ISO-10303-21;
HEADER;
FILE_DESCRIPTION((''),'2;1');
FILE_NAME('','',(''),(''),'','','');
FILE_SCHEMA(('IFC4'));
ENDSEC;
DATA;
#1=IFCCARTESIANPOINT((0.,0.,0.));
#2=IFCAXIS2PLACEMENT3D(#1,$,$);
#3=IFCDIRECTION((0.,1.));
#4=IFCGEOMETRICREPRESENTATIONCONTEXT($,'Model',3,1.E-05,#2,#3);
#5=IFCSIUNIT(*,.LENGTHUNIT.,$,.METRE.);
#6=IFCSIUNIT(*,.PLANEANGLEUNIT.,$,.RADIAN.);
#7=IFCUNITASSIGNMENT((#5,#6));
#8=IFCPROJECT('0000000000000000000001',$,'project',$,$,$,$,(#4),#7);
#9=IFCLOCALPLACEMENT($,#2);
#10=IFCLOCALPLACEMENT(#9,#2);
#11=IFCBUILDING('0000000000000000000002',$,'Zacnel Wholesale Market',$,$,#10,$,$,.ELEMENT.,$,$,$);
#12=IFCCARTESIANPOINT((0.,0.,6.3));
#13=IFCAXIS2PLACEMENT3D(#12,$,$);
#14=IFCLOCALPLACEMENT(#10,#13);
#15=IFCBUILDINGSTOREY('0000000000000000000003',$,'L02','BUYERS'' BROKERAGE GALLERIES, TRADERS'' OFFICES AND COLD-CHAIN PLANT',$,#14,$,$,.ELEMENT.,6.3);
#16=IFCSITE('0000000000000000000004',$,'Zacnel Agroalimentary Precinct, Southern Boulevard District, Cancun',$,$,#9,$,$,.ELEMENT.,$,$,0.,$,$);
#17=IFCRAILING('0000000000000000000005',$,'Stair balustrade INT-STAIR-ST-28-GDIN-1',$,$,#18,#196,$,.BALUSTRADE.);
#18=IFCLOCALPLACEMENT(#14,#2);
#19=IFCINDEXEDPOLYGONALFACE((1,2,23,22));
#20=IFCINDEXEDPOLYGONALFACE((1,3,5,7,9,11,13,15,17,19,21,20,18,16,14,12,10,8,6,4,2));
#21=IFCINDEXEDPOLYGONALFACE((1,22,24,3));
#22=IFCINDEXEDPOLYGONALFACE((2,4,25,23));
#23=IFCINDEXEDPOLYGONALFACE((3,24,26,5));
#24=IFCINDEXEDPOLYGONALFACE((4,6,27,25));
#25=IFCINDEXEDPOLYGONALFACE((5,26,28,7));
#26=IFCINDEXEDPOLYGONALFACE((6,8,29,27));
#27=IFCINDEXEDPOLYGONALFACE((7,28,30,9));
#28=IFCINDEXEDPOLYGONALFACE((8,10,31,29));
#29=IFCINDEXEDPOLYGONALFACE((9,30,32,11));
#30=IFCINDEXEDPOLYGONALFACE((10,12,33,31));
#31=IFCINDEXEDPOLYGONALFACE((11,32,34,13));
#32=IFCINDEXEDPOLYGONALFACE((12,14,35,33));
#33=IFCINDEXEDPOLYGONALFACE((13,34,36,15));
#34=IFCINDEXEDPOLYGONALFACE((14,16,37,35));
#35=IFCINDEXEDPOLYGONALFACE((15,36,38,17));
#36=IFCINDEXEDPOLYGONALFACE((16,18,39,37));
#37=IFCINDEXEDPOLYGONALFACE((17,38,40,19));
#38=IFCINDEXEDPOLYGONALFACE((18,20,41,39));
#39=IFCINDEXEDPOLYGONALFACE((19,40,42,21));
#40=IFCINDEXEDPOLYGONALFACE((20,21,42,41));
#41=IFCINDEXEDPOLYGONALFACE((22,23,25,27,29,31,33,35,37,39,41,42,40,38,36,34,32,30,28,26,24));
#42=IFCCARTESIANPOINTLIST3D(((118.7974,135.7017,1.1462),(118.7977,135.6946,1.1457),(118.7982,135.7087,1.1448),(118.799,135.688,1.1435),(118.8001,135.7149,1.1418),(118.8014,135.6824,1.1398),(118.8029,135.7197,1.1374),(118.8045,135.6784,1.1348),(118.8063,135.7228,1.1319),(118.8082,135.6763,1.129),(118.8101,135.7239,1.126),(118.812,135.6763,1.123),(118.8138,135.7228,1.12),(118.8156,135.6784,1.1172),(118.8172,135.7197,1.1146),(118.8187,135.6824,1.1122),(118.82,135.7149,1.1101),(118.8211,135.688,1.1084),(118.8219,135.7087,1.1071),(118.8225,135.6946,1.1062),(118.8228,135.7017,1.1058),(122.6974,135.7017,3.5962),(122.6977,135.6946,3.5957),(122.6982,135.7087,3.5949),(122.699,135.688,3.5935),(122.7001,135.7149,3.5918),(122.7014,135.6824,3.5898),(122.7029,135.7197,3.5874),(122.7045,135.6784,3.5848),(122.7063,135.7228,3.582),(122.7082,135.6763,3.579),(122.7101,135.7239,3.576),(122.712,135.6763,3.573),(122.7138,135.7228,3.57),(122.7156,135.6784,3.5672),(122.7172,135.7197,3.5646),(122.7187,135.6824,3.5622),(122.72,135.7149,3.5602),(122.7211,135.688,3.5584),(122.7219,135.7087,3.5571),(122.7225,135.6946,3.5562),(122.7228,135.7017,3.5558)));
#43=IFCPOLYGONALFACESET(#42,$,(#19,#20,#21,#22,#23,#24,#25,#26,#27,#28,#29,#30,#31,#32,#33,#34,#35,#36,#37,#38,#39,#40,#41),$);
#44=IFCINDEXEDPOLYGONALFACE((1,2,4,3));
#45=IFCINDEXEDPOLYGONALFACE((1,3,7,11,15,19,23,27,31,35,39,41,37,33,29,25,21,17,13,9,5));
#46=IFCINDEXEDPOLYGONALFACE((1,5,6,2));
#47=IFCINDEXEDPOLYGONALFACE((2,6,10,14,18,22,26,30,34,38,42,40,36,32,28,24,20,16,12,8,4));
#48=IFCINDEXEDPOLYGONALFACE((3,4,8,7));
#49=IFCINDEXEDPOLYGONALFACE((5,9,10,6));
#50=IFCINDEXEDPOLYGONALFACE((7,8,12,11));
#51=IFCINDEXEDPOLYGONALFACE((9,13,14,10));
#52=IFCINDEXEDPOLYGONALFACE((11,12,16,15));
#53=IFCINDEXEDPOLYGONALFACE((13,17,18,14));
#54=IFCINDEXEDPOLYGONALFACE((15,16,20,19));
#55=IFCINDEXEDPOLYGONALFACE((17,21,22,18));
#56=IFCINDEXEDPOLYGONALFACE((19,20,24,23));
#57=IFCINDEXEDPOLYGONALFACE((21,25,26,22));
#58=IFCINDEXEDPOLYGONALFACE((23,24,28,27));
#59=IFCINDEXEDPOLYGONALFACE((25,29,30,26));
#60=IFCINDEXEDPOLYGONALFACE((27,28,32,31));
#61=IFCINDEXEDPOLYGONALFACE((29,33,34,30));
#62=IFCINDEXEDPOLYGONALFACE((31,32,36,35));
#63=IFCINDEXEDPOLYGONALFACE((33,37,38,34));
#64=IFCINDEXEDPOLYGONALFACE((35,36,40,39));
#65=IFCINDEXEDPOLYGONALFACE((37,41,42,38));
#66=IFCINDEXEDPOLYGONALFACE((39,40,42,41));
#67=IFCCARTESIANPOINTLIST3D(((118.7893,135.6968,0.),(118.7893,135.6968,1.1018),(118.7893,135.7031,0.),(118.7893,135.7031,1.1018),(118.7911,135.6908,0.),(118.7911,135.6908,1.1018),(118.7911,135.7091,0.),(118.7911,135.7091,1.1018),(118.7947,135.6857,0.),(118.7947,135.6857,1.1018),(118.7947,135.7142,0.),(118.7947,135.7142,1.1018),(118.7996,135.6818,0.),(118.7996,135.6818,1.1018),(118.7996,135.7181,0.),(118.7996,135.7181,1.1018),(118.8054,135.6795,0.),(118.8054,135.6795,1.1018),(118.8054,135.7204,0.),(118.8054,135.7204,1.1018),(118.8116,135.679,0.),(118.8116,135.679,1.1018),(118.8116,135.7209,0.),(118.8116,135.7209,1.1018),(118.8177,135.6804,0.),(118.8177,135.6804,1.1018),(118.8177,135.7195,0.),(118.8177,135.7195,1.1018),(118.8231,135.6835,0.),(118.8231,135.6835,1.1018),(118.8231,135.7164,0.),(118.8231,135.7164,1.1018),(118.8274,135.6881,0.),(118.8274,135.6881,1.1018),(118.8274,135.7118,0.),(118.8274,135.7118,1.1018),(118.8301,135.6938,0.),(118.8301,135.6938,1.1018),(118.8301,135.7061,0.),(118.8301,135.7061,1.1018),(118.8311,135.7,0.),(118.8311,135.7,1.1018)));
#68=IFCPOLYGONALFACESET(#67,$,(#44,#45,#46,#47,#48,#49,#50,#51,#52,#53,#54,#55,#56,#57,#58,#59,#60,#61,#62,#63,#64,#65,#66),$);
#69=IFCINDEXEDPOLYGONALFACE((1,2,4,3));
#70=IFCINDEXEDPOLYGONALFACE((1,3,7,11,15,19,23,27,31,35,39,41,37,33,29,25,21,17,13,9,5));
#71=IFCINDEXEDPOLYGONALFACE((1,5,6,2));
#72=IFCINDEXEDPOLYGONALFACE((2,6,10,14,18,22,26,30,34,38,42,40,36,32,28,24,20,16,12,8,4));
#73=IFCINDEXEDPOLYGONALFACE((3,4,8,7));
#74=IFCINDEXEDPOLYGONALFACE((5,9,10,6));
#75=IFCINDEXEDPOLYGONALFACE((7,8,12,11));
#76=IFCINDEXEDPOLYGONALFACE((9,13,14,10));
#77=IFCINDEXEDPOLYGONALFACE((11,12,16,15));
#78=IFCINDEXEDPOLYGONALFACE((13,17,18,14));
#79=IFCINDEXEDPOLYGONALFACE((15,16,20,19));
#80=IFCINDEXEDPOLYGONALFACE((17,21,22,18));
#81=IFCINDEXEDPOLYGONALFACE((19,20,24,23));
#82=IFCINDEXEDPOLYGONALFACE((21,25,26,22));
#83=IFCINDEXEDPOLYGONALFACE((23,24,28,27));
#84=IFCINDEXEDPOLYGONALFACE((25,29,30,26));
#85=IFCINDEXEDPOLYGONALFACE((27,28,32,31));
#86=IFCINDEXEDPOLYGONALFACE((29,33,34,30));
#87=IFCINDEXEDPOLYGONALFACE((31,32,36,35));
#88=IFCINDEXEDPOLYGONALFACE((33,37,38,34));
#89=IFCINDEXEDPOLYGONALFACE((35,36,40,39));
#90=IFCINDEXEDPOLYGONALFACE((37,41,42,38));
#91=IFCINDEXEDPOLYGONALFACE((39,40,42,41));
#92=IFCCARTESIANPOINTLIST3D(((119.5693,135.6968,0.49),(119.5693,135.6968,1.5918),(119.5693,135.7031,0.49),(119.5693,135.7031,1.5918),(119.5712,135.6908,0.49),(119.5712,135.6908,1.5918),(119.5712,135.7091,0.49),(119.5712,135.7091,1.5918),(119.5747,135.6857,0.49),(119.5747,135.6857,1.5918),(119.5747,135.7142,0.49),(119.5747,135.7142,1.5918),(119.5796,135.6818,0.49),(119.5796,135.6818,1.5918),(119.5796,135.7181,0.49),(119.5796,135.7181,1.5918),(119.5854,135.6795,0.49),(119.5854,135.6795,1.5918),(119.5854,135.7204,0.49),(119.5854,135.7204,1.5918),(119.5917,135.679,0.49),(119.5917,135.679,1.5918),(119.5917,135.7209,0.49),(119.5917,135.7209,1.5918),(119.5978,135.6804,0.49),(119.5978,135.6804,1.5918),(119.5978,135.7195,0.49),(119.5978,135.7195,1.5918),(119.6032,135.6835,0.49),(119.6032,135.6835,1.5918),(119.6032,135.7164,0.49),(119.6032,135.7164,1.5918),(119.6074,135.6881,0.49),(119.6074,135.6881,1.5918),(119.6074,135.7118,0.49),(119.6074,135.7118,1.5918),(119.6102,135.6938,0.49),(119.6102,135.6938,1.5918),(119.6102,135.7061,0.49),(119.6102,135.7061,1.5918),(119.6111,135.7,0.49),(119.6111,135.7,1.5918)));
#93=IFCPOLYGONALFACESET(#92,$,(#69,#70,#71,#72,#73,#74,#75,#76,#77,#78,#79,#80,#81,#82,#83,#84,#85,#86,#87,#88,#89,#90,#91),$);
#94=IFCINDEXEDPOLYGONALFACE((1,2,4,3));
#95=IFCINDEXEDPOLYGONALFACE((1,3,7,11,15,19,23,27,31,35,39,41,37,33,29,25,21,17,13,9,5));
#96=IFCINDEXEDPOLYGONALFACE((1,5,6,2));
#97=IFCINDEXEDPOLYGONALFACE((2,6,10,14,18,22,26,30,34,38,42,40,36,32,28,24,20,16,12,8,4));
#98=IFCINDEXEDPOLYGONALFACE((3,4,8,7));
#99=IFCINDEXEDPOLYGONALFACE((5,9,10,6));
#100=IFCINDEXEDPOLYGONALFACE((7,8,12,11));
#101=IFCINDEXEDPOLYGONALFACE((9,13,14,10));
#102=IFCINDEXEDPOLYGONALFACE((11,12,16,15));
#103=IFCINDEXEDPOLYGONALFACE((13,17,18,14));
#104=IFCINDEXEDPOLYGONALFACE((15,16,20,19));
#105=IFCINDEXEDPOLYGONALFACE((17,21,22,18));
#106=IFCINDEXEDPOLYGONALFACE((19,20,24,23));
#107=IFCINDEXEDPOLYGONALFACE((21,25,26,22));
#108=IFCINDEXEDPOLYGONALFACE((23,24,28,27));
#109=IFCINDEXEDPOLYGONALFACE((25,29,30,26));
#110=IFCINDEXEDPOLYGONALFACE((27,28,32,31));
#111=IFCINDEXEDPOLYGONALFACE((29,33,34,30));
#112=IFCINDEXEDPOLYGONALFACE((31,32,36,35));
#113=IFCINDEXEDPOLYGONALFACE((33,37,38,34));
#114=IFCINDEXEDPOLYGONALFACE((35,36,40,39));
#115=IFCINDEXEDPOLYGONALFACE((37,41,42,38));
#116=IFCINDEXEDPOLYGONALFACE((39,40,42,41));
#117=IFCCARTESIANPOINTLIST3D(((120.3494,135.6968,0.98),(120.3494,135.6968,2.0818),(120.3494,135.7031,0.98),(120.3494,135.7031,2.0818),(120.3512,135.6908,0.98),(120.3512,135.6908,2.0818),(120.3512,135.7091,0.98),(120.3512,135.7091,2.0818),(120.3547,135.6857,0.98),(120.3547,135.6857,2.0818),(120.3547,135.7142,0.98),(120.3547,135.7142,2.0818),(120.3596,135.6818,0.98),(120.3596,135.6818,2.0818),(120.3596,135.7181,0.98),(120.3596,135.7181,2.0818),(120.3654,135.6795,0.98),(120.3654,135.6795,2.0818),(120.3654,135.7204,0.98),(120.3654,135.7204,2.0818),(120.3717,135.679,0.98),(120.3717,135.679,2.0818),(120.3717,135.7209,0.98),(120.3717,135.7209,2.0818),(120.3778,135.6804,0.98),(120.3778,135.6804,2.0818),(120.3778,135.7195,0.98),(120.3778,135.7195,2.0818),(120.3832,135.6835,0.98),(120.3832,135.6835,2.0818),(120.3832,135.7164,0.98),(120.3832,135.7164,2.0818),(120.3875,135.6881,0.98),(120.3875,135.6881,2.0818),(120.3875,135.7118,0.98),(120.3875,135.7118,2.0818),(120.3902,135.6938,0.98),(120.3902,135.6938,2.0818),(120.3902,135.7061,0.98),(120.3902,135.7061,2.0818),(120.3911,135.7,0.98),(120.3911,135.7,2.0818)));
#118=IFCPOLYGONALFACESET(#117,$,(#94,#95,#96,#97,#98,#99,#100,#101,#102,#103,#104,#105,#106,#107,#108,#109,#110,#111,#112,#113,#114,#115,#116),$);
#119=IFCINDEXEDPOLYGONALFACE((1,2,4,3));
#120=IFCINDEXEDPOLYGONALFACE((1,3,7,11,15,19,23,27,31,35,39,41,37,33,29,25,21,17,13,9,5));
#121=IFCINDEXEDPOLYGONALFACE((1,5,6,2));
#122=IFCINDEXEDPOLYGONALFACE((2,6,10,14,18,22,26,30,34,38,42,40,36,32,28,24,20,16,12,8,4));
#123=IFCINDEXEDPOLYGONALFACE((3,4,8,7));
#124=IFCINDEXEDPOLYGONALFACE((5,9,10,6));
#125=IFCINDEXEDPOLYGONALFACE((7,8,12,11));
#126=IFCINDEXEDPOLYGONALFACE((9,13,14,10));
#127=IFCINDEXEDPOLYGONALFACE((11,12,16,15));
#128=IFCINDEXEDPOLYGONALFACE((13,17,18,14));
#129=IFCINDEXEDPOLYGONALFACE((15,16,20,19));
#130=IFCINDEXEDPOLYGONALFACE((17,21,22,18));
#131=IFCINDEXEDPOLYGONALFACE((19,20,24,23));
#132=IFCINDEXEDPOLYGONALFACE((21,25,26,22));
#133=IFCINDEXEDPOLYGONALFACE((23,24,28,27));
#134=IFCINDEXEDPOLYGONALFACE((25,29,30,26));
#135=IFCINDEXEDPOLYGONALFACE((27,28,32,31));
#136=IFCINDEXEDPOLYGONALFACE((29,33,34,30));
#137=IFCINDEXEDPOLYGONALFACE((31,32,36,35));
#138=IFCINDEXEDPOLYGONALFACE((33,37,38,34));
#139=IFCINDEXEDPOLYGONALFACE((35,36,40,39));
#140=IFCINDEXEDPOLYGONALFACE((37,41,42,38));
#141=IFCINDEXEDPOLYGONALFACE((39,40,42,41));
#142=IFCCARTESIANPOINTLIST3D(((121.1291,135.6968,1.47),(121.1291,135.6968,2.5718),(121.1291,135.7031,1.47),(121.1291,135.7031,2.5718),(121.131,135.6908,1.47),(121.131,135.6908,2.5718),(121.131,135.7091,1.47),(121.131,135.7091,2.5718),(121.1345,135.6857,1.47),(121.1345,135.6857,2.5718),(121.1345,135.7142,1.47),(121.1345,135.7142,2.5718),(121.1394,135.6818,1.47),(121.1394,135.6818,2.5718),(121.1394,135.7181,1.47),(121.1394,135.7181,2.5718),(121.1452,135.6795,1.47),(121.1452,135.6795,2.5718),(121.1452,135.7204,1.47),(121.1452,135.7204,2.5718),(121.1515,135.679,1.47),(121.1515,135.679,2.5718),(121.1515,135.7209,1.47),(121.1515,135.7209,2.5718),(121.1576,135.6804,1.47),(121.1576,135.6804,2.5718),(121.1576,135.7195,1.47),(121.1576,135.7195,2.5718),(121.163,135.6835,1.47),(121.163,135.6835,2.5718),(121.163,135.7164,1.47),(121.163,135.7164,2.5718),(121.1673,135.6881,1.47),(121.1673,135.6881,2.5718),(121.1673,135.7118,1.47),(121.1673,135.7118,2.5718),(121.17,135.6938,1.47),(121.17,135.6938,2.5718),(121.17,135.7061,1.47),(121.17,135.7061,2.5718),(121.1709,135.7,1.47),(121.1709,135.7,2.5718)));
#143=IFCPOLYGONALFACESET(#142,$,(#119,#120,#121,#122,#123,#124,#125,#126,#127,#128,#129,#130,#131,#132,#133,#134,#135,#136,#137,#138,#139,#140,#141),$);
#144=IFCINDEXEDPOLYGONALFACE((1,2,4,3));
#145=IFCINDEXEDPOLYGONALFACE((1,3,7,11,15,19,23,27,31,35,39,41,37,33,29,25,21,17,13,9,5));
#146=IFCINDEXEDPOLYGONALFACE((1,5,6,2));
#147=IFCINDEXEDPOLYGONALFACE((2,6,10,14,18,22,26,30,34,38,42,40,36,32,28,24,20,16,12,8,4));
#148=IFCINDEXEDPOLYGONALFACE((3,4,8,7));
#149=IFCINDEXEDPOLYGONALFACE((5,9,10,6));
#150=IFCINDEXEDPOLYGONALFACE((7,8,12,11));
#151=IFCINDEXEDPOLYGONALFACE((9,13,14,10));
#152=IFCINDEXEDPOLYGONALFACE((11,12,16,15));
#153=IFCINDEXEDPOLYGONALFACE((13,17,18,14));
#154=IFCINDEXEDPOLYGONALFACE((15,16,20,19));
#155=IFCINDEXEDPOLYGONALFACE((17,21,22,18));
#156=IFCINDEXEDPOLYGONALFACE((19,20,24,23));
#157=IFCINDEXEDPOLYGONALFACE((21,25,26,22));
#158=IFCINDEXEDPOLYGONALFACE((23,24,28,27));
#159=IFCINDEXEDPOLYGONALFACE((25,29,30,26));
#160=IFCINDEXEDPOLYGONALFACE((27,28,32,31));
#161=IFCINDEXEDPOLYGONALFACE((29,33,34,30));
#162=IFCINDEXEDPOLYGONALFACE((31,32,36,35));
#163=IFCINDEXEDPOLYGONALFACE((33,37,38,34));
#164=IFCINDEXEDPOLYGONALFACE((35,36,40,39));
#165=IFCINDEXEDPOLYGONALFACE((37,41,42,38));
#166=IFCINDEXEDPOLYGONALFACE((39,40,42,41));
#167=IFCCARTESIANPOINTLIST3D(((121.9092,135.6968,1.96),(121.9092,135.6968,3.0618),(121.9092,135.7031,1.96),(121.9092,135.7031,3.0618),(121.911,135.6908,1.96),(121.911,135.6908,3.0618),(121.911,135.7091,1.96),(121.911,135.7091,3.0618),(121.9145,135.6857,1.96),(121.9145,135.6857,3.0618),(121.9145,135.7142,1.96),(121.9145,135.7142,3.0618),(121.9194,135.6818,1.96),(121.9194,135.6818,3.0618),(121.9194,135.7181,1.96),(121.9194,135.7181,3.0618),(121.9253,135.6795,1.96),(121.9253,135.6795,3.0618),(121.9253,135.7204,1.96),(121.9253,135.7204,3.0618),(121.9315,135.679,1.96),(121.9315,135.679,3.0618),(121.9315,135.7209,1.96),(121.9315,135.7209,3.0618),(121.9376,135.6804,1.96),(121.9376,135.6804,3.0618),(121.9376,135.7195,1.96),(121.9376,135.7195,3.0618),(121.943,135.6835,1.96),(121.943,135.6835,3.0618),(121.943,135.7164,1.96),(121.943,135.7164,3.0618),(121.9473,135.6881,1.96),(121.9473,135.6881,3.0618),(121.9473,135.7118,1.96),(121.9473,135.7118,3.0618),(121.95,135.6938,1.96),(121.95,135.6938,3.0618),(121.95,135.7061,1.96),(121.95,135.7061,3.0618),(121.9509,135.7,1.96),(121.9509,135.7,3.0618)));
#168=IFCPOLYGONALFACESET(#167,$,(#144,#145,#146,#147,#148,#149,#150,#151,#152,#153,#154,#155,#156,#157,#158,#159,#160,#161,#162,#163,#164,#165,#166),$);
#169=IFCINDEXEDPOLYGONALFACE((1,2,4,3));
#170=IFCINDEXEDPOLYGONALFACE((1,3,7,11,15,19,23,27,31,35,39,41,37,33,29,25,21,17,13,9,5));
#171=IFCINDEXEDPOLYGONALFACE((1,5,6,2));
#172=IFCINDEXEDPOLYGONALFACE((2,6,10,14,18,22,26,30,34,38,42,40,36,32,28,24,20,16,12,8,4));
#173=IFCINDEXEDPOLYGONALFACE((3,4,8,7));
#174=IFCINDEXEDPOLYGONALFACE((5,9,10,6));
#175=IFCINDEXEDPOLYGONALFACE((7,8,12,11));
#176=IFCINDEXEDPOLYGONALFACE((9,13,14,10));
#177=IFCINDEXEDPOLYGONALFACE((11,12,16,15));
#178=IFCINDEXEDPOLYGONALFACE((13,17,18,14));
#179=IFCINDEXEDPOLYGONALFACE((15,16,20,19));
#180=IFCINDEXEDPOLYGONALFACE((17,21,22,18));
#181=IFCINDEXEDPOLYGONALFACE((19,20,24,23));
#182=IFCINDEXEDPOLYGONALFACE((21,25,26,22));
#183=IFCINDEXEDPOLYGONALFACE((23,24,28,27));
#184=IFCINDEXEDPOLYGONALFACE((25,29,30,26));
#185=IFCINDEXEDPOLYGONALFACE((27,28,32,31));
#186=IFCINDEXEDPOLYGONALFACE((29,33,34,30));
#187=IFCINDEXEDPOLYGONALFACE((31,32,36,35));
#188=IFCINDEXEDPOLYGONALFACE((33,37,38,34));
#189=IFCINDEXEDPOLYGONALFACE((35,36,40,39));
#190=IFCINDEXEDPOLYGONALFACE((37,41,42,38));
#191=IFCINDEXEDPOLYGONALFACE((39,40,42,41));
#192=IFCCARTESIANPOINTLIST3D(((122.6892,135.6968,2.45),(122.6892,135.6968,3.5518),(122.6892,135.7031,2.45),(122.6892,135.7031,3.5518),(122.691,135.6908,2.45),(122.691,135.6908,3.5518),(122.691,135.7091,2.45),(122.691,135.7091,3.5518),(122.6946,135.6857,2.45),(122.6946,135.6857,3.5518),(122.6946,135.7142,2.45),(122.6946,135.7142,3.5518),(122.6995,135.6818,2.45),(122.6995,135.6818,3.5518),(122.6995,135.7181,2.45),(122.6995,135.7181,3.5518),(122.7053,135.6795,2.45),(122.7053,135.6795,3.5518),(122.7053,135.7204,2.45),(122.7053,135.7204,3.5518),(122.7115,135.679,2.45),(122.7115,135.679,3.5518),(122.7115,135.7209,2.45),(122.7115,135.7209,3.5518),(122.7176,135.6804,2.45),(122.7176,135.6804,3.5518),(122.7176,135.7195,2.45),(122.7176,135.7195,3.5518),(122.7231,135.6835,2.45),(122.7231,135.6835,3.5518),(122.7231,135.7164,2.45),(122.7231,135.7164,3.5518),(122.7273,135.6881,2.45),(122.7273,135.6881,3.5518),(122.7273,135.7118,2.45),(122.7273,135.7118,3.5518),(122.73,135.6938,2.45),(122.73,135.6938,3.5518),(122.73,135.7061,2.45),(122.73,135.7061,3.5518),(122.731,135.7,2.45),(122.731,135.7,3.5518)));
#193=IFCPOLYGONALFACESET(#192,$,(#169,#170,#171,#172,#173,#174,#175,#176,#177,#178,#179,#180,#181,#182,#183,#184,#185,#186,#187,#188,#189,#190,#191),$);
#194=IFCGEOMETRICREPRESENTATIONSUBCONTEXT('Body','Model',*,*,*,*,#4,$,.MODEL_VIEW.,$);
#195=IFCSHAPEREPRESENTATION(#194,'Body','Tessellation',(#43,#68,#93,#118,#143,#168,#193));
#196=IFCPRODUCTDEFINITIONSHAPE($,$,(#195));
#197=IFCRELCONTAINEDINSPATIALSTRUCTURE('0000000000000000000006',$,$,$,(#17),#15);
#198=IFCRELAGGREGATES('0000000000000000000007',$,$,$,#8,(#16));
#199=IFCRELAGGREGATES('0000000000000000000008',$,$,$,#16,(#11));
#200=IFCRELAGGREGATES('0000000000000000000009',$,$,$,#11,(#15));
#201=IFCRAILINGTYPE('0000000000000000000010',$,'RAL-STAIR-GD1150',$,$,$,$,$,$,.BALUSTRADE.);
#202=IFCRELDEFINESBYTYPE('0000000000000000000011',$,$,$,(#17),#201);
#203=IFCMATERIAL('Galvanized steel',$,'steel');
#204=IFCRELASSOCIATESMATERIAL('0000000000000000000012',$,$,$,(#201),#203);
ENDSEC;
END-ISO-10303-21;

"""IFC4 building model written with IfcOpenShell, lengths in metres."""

from ifc_helpers import new_model, si_unit, direction, frame, origin, origin_2d, place, context, subcontext, project, spatial, circle, extrude, material, type_object, element, save


model = new_model("IFC4")

# Units and contexts
model_context = context("Model", 3, precision=1e-05, world=origin(), true_north=direction((0.0, 1.0)))
body_context = subcontext(model_context, "Body", "Model", "MODEL_VIEW")
ifc_project = project(units=[si_unit("LENGTHUNIT", "METRE"), si_unit("PLANEANGLEUNIT", "RADIAN")], contexts=[model_context])

# Site, building, storey
site_placement = place(None, origin())
site = spatial("IfcSite", under=ifc_project, at=site_placement, Name="Zacnel Agroalimentary Precinct, Southern Boulevard District, Cancun", CompositionType="ELEMENT", RefElevation=0.0)
building_placement = place(site_placement, origin())
building = spatial("IfcBuilding", under=site, at=building_placement, Name="Zacnel Wholesale Market", CompositionType="ELEMENT")
storey_placement = place(building_placement, frame((0.0, 0.0, 6.3)))
storey = spatial("IfcBuildingStorey", under=building, at=storey_placement, Name="L02", Description="BUYERS' BROKERAGE GALLERIES, TRADERS' OFFICES AND COLD-CHAIN PLANT", CompositionType="ELEMENT", Elevation=6.3)

# Railing
ifc_material_1 = material(Name="Galvanized steel", Category="steel")
railing_type_1 = type_object("IfcRailingType", Name="RAL-STAIR-GD1150", PredefinedType="BALUSTRADE", material=ifc_material_1)
railing_1_placement = place(storey_placement, frame((118.8101, 135.7, 0.0)))
element("IfcRailing", 1, at=railing_1_placement, inside=storey, type_object=railing_type_1, Name="Stair balustrade INT-STAIR-ST-28-GDIN-1", PredefinedType="BALUSTRADE", context=body_context, shape_type="SweptSolid", body=[
    extrude(circle(Radius=0.0239, at=origin_2d()), frame((0.0, 0.0, 1.126), z_axis=(0.846775, 0.0, 0.531951), x_axis=(0.0, 1.0, 0.0)), (0.0, 0.0, 1.0), 4.6057),
    extrude(circle(Radius=0.021, at=origin_2d()), origin(), (0.0, 0.0, 1.0), 1.1018),
    extrude(circle(Radius=0.021, at=origin_2d()), frame((0.78, 0.0, 0.49)), (0.0, 0.0, 1.0), 1.1018),
    extrude(circle(Radius=0.021, at=origin_2d()), frame((1.5601, 0.0, 0.98)), (0.0, 0.0, 1.0), 1.1018),
    extrude(circle(Radius=0.021, at=origin_2d()), frame((2.3398, 0.0, 1.47)), (0.0, 0.0, 1.0), 1.1018),
    extrude(circle(Radius=0.021, at=origin_2d()), frame((3.1199, 0.0, 1.96)), (0.0, 0.0, 1.0), 1.1018),
    extrude(circle(Radius=0.021, at=origin_2d()), frame((3.8999, 0.0, 2.45)), (0.0, 0.0, 1.0), 1.1018),
])

save(model, "model.ifc")
